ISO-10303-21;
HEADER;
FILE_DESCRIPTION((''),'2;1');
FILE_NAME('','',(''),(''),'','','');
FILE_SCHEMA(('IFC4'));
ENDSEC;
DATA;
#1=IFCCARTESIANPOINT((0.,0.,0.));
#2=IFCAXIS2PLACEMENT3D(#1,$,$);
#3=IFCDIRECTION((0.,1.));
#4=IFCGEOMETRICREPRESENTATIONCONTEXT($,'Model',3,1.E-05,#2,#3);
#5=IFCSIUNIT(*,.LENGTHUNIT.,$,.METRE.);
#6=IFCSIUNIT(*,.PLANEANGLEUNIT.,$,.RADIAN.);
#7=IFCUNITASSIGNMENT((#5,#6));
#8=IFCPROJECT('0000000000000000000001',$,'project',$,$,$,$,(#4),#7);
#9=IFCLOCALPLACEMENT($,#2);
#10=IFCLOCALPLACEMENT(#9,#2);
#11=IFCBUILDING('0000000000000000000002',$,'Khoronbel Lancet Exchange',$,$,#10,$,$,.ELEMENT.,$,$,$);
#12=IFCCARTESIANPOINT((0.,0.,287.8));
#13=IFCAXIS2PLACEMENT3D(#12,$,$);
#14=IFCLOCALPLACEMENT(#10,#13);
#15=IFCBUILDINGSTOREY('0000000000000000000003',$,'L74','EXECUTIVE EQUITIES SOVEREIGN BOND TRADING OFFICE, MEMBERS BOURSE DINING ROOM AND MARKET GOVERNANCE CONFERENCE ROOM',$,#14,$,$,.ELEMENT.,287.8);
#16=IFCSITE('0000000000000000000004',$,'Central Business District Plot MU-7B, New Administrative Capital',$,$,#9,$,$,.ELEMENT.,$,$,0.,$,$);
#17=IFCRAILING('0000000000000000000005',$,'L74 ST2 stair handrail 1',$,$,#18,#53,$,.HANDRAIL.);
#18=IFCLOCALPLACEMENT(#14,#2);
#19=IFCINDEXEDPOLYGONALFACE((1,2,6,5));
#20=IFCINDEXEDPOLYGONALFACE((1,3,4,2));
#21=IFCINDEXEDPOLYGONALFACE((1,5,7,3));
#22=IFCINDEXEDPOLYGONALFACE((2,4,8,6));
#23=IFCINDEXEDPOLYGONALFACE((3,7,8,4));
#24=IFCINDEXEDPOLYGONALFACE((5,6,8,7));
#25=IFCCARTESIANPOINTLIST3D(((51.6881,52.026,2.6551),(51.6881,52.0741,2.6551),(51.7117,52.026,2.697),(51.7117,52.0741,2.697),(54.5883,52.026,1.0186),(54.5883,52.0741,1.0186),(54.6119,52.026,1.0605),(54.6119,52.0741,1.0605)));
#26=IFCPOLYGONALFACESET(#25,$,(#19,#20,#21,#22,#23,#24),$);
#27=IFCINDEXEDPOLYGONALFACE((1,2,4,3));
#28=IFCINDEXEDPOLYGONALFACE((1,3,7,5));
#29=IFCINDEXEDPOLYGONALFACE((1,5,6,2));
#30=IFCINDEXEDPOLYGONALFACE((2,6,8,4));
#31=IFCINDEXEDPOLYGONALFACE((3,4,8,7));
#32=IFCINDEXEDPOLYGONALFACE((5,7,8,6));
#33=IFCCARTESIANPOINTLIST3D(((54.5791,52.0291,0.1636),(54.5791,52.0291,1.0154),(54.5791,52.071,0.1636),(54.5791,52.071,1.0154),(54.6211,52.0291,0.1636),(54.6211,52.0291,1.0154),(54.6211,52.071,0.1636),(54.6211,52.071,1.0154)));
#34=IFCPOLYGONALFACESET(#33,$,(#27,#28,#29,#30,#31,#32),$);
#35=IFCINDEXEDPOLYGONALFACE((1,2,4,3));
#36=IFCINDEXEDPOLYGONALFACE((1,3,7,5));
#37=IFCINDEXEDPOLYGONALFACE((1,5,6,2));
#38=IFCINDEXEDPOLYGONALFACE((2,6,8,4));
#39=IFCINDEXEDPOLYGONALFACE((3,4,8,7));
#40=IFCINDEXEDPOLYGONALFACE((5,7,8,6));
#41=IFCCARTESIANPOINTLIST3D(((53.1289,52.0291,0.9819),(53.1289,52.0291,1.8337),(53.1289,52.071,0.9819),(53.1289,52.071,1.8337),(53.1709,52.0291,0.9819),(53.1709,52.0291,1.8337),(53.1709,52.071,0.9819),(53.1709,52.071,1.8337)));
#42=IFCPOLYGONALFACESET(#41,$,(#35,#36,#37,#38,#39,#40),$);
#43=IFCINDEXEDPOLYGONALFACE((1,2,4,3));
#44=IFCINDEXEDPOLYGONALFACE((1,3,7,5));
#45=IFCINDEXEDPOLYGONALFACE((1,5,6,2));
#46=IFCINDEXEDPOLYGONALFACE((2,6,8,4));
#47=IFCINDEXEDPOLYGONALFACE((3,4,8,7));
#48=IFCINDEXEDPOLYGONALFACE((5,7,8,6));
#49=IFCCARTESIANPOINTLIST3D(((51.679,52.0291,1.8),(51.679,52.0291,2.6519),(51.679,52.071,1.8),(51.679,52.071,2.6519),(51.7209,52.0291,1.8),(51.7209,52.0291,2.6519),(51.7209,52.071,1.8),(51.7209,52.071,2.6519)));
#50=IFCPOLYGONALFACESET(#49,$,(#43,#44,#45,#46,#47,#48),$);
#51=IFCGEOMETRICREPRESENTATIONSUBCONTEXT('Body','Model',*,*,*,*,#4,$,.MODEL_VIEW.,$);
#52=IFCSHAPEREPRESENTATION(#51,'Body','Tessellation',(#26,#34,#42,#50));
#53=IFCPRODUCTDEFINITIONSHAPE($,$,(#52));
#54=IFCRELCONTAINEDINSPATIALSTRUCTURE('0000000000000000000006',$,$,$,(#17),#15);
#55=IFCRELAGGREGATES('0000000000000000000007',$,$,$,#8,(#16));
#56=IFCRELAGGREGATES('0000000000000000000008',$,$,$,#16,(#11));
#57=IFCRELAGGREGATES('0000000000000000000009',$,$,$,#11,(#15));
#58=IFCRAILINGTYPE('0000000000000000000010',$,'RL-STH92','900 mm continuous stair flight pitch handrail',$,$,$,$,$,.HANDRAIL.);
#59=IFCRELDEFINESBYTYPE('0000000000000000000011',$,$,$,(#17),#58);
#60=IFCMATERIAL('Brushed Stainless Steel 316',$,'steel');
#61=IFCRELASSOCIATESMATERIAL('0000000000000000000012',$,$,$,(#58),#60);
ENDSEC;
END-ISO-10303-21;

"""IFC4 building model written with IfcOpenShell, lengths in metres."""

from ifc_helpers import new_model, si_unit, direction, frame, origin, origin_2d, place, context, subcontext, project, spatial, rectangle, extrude, material, type_object, element, save


model = new_model("IFC4")

# Units and contexts
model_context = context("Model", 3, precision=1e-05, world=origin(), true_north=direction((0.0, 1.0)))
body_context = subcontext(model_context, "Body", "Model", "MODEL_VIEW")
ifc_project = project(units=[si_unit("LENGTHUNIT", "METRE"), si_unit("PLANEANGLEUNIT", "RADIAN")], contexts=[model_context])

# Site, building, storey
site_placement = place(None, origin())
site = spatial("IfcSite", under=ifc_project, at=site_placement, Name="Central Business District Plot MU-7B, New Administrative Capital", CompositionType="ELEMENT", RefElevation=0.0)
building_placement = place(site_placement, origin())
building = spatial("IfcBuilding", under=site, at=building_placement, Name="Khoronbel Lancet Exchange", CompositionType="ELEMENT")
storey_placement = place(building_placement, frame((0.0, 0.0, 287.8)))
storey = spatial("IfcBuildingStorey", under=building, at=storey_placement, Name="L74", Description="EXECUTIVE EQUITIES SOVEREIGN BOND TRADING OFFICE, MEMBERS BOURSE DINING ROOM AND MARKET GOVERNANCE CONFERENCE ROOM", CompositionType="ELEMENT", Elevation=287.8)

# Railing
ifc_material_1 = material(Name="Brushed Stainless Steel 316", Category="steel")
railing_type_1 = type_object("IfcRailingType", Name="RL-STH92", Description="900 mm continuous stair flight pitch handrail", PredefinedType="HANDRAIL", material=ifc_material_1)
railing_1_placement = place(storey_placement, frame((54.6001, 52.05, 0.1636)))
element("IfcRailing", 1, at=railing_1_placement, inside=storey, type_object=railing_type_1, Name="L74 ST2 stair handrail 1", PredefinedType="HANDRAIL", context=body_context, shape_type="SweptSolid", body=[
    extrude(rectangle(XDim=0.0481, YDim=0.0481, at=origin_2d()), frame((0.0, 0.0, 0.876), z_axis=(-0.870915, 0.0, 0.491434), x_axis=(0.0, -1.0, 0.0)), (0.0, 0.0, 1.0), 3.3301),
    extrude(rectangle(XDim=0.042, YDim=0.042, at=origin_2d()), origin(), (0.0, 0.0, 1.0), 0.8518),
    extrude(rectangle(XDim=0.042, YDim=0.042, at=origin_2d()), frame((-1.4502, 0.0, 0.8184)), (0.0, 0.0, 1.0), 0.8518),
    extrude(rectangle(XDim=0.042, YDim=0.042, at=origin_2d()), frame((-2.9001, 0.0, 1.6365)), (0.0, 0.0, 1.0), 0.8518),
])

save(model, "model.ifc")
